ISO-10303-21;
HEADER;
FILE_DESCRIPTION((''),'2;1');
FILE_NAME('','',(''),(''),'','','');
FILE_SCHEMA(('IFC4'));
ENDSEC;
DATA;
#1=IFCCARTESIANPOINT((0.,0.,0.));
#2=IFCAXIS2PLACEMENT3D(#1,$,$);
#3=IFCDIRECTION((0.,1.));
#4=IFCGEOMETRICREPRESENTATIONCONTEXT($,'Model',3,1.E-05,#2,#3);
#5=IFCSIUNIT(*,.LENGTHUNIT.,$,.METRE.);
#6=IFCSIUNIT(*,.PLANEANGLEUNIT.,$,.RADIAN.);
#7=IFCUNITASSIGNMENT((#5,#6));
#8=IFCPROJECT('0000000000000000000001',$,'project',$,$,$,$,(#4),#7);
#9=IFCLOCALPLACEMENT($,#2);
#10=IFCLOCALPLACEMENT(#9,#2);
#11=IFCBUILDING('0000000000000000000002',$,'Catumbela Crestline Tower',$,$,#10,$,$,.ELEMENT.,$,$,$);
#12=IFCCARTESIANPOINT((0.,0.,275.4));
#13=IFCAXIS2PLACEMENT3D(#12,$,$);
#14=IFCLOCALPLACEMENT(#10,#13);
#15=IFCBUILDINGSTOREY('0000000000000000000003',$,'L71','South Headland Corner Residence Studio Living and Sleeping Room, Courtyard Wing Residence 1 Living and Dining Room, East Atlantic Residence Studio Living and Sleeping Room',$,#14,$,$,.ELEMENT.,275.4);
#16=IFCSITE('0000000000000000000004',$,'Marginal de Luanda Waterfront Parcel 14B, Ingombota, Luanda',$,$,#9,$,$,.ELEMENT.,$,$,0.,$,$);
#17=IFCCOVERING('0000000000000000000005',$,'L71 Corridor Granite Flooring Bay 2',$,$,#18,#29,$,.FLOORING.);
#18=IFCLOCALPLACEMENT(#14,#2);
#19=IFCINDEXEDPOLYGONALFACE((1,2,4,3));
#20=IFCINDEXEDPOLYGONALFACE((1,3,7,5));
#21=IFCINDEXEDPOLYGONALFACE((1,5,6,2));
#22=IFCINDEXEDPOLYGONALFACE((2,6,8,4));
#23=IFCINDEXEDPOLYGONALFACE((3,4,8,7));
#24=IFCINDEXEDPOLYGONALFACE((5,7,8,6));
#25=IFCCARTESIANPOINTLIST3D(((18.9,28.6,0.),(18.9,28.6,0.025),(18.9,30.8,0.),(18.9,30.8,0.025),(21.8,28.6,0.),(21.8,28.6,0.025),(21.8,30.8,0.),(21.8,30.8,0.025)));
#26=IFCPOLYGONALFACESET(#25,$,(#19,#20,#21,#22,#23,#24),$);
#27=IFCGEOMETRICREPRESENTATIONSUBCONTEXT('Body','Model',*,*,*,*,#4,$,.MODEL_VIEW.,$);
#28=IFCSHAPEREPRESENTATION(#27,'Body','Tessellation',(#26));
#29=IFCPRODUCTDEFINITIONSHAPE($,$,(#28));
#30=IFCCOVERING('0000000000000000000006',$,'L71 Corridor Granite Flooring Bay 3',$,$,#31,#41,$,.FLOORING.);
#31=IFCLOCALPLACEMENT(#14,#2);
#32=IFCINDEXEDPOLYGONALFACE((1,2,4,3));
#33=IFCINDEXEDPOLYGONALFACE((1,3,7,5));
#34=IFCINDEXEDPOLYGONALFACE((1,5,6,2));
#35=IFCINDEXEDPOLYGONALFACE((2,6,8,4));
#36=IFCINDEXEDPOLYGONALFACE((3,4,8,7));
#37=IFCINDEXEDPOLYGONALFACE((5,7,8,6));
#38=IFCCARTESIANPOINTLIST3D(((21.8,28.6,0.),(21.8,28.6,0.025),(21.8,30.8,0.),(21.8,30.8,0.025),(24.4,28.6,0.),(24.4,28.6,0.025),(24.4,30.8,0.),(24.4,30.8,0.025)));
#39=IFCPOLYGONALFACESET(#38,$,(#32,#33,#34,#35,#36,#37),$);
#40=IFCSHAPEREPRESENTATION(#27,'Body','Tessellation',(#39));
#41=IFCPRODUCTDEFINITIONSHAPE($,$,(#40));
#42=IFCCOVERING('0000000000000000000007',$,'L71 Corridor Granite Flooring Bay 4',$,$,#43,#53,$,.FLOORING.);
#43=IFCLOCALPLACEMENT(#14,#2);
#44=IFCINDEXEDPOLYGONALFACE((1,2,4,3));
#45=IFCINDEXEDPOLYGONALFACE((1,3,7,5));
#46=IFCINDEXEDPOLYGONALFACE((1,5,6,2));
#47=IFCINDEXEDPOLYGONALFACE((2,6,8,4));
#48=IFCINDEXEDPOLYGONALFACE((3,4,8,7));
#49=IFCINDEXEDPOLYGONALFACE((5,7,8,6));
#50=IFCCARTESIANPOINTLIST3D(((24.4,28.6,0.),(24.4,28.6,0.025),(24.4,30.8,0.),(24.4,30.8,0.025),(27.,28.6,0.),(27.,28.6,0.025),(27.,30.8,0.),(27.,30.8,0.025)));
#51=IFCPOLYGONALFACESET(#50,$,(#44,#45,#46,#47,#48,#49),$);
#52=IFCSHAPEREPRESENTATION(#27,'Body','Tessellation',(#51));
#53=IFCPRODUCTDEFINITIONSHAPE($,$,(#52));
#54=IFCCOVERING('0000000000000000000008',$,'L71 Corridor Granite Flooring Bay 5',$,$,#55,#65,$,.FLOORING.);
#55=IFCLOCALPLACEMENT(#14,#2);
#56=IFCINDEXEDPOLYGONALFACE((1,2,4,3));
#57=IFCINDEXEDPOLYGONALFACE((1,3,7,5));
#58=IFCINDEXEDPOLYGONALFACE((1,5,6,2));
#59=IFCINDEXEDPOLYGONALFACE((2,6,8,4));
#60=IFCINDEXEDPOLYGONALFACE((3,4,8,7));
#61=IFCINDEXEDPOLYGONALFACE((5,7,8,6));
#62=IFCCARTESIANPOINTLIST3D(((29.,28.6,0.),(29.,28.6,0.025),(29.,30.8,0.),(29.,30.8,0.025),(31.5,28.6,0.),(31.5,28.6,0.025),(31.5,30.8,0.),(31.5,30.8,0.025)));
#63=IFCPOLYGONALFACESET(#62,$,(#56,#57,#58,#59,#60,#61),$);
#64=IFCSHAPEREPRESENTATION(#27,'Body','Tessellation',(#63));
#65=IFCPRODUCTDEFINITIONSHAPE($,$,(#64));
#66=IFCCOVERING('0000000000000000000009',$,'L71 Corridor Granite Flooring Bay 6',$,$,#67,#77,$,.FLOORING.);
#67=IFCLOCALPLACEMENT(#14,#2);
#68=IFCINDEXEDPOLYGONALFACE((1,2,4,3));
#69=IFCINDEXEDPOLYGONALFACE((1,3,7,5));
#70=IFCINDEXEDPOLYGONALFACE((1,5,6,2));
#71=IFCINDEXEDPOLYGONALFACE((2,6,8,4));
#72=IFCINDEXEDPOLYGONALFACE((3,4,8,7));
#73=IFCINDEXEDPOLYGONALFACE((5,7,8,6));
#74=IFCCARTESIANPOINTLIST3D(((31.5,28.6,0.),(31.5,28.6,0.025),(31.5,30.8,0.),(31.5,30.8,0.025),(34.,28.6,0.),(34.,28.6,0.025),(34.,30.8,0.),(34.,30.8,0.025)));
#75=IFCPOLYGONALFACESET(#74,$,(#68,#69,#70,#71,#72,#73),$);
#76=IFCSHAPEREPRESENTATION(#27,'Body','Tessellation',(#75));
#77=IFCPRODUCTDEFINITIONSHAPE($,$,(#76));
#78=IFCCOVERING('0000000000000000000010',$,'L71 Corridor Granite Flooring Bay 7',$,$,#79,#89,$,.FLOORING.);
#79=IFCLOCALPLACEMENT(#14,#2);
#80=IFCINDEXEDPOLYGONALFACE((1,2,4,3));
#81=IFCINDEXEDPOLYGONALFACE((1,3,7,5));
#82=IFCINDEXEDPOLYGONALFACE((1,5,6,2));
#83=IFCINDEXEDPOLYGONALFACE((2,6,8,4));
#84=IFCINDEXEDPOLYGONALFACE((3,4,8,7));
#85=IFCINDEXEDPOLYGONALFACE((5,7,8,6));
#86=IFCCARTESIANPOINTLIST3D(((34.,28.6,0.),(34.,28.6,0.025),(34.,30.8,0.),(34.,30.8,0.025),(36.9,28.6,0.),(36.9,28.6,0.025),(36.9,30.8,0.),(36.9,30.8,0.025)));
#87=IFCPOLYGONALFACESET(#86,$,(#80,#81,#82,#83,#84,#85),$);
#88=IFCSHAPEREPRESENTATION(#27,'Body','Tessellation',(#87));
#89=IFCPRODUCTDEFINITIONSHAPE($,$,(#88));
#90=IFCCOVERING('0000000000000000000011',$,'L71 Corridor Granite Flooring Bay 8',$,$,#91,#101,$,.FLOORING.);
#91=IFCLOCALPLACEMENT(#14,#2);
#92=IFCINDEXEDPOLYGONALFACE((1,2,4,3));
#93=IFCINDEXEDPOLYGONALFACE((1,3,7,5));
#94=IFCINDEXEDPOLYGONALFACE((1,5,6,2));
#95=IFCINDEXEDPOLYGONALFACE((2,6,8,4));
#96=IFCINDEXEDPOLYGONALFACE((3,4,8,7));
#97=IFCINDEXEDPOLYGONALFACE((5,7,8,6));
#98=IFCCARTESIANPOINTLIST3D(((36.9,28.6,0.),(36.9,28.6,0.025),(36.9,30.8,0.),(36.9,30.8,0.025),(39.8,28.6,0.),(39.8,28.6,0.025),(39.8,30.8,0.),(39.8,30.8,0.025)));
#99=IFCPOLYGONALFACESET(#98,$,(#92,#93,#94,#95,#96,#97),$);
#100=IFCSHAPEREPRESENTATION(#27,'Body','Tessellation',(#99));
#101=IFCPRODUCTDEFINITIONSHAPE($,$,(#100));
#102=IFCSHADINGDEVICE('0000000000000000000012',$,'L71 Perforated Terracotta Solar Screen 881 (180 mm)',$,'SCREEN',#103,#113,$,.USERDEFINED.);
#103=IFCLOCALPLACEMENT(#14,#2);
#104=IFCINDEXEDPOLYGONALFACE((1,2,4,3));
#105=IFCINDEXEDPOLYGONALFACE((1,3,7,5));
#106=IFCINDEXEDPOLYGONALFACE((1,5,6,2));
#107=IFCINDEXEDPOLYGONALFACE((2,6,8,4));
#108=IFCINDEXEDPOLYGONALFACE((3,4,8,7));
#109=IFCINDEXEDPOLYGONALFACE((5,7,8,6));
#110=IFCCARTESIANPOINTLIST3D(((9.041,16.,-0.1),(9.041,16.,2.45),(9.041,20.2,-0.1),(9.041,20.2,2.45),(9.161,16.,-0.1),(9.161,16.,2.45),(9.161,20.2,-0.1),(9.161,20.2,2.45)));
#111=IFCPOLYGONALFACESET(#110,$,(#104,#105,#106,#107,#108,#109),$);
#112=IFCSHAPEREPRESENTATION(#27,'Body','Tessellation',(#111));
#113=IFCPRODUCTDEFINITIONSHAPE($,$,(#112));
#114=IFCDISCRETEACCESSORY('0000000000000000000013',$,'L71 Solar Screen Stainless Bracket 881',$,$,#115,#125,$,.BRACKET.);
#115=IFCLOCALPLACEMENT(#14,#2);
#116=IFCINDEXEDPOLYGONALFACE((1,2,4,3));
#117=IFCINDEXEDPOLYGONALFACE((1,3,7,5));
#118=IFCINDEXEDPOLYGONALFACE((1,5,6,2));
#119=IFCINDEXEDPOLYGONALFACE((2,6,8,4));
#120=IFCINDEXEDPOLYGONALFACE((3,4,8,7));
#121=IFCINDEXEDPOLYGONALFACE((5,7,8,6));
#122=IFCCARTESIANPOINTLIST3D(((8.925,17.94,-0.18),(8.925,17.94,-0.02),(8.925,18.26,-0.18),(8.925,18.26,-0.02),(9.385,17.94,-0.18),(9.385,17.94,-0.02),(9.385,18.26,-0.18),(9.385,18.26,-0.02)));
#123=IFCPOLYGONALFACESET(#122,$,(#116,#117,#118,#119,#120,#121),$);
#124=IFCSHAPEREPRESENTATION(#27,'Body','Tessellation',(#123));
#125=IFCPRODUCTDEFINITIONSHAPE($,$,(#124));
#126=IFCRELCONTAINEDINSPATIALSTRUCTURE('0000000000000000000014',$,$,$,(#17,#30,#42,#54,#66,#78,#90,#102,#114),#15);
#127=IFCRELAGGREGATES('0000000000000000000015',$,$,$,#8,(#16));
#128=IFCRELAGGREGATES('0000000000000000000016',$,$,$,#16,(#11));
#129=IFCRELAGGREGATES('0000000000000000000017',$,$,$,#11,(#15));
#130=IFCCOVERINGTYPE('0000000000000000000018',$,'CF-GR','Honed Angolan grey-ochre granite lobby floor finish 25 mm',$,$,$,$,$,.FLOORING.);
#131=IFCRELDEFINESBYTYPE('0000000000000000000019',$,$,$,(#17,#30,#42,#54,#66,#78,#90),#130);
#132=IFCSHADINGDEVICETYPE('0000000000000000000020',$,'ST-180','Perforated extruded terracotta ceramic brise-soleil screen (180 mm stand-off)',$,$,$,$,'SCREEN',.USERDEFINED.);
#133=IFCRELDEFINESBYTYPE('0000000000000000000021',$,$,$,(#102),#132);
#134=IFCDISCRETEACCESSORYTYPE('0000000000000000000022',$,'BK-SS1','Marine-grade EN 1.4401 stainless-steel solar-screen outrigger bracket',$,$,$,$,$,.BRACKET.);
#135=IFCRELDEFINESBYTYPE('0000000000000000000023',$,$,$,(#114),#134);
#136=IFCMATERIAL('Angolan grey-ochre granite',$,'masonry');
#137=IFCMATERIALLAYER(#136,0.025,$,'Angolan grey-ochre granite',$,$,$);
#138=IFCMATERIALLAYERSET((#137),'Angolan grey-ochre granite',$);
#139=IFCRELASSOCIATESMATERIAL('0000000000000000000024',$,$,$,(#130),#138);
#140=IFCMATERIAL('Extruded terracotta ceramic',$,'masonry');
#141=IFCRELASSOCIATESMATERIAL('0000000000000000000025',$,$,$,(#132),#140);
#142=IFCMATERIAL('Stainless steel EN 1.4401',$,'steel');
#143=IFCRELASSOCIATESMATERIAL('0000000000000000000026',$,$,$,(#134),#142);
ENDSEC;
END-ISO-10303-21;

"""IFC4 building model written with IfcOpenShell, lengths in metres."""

from ifc_helpers import new_model, si_unit, direction, frame, origin, origin_2d, place, context, subcontext, project, spatial, polyline, rectangle, outline, extrude, material, layer, layer_set, type_object, element, save


model = new_model("IFC4")

# Units and contexts
model_context = context("Model", 3, precision=1e-05, world=origin(), true_north=direction((0.0, 1.0)))
body_context = subcontext(model_context, "Body", "Model", "MODEL_VIEW")
ifc_project = project(units=[si_unit("LENGTHUNIT", "METRE"), si_unit("PLANEANGLEUNIT", "RADIAN")], contexts=[model_context])

# Site, building, storey
site_placement = place(None, origin())
site = spatial("IfcSite", under=ifc_project, at=site_placement, Name="Marginal de Luanda Waterfront Parcel 14B, Ingombota, Luanda", CompositionType="ELEMENT", RefElevation=0.0)
building_placement = place(site_placement, origin())
building = spatial("IfcBuilding", under=site, at=building_placement, Name="Catumbela Crestline Tower", CompositionType="ELEMENT")
storey_placement = place(building_placement, frame((0.0, 0.0, 275.4)))
storey = spatial("IfcBuildingStorey", under=building, at=storey_placement, Name="L71", Description="South Headland Corner Residence Studio Living and Sleeping Room, Courtyard Wing Residence 1 Living and Dining Room, East Atlantic Residence Studio Living and Sleeping Room", CompositionType="ELEMENT", Elevation=275.4)

# Shared definitions
ifc_material_1 = material(Name="Angolan grey-ochre granite", Category="masonry")

# Coverings
ifc_layer_1 = layer(ifc_material_1, 0.025, Name="Angolan grey-ochre granite")
ifc_layer_set_1 = layer_set([ifc_layer_1], Name="Angolan grey-ochre granite")
covering_type_1 = type_object("IfcCoveringType", Name="CF-GR", Description="Honed Angolan grey-ochre granite lobby floor finish 25 mm", PredefinedType="FLOORING", material=ifc_layer_set_1)
covering_1_placement = place(storey_placement, origin())
element("IfcCovering", 1, at=covering_1_placement, inside=storey, type_object=covering_type_1, Name="L71 Corridor Granite Flooring Bay 2", PredefinedType="FLOORING", context=body_context, shape_type="SweptSolid", body=[
    extrude(outline(polyline([(18.9, 28.6), (21.8, 28.6), (21.8, 30.8), (18.9, 30.8), (18.9, 28.6)])), origin(), (0.0, 0.0, 1.0), 0.025),
])
covering_2_placement = place(storey_placement, origin())
element("IfcCovering", 2, at=covering_2_placement, inside=storey, type_object=covering_type_1, Name="L71 Corridor Granite Flooring Bay 3", PredefinedType="FLOORING", context=body_context, shape_type="SweptSolid", body=[
    extrude(outline(polyline([(21.8, 28.6), (24.4, 28.6), (24.4, 30.8), (21.8, 30.8), (21.8, 28.6)])), origin(), (0.0, 0.0, 1.0), 0.025),
])
covering_3_placement = place(storey_placement, origin())
element("IfcCovering", 3, at=covering_3_placement, inside=storey, type_object=covering_type_1, Name="L71 Corridor Granite Flooring Bay 4", PredefinedType="FLOORING", context=body_context, shape_type="SweptSolid", body=[
    extrude(outline(polyline([(24.4, 28.6), (27.0, 28.6), (27.0, 30.8), (24.4, 30.8), (24.4, 28.6)])), origin(), (0.0, 0.0, 1.0), 0.025),
])
covering_4_placement = place(storey_placement, origin())
element("IfcCovering", 4, at=covering_4_placement, inside=storey, type_object=covering_type_1, Name="L71 Corridor Granite Flooring Bay 5", PredefinedType="FLOORING", context=body_context, shape_type="SweptSolid", body=[
    extrude(outline(polyline([(29.0, 28.6), (31.5, 28.6), (31.5, 30.8), (29.0, 30.8), (29.0, 28.6)])), origin(), (0.0, 0.0, 1.0), 0.025),
])
covering_5_placement = place(storey_placement, origin())
element("IfcCovering", 5, at=covering_5_placement, inside=storey, type_object=covering_type_1, Name="L71 Corridor Granite Flooring Bay 6", PredefinedType="FLOORING", context=body_context, shape_type="SweptSolid", body=[
    extrude(outline(polyline([(31.5, 28.6), (34.0, 28.6), (34.0, 30.8), (31.5, 30.8), (31.5, 28.6)])), origin(), (0.0, 0.0, 1.0), 0.025),
])
covering_6_placement = place(storey_placement, origin())
element("IfcCovering", 6, at=covering_6_placement, inside=storey, type_object=covering_type_1, Name="L71 Corridor Granite Flooring Bay 7", PredefinedType="FLOORING", context=body_context, shape_type="SweptSolid", body=[
    extrude(outline(polyline([(34.0, 28.6), (36.9, 28.6), (36.9, 30.8), (34.0, 30.8), (34.0, 28.6)])), origin(), (0.0, 0.0, 1.0), 0.025),
])
covering_7_placement = place(storey_placement, origin())
element("IfcCovering", 7, at=covering_7_placement, inside=storey, type_object=covering_type_1, Name="L71 Corridor Granite Flooring Bay 8", PredefinedType="FLOORING", context=body_context, shape_type="SweptSolid", body=[
    extrude(outline(polyline([(36.9, 28.6), (39.8, 28.6), (39.8, 30.8), (36.9, 30.8), (36.9, 28.6)])), origin(), (0.0, 0.0, 1.0), 0.025),
])

# Shading device
ifc_material_2 = material(Name="Extruded terracotta ceramic", Category="masonry")
shading_device_type = type_object("IfcShadingDeviceType", Name="ST-180", Description="Perforated extruded terracotta ceramic brise-soleil screen (180 mm stand-off)", ElementType="SCREEN", PredefinedType="USERDEFINED", material=ifc_material_2)
shading_device_placement = place(storey_placement, frame((9.101, 18.1, -0.1), z_axis=(0.0, 0.0, 1.0), x_axis=(0.0, -1.0, 0.0)))
element("IfcShadingDevice", 8, at=shading_device_placement, inside=storey, type_object=shading_device_type, Name="L71 Perforated Terracotta Solar Screen 881 (180 mm)", ObjectType="SCREEN", PredefinedType="USERDEFINED", context=body_context, shape_type="SweptSolid", body=[
    extrude(rectangle(XDim=4.2, YDim=0.12, at=origin_2d()), origin(), (0.0, 0.0, 1.0), 2.55),
])

# Discrete accessory
ifc_material_3 = material(Name="Stainless steel EN 1.4401", Category="steel")
discrete_accessory_type = type_object("IfcDiscreteAccessoryType", Name="BK-SS1", Description="Marine-grade EN 1.4401 stainless-steel solar-screen outrigger bracket", PredefinedType="BRACKET", material=ifc_material_3)
discrete_accessory_placement = place(storey_placement, frame((9.155, 18.1, -0.18), z_axis=(0.0, 0.0, 1.0), x_axis=(0.0, -1.0, 0.0)))
element("IfcDiscreteAccessory", 9, at=discrete_accessory_placement, inside=storey, type_object=discrete_accessory_type, Name="L71 Solar Screen Stainless Bracket 881", PredefinedType="BRACKET", context=body_context, shape_type="SweptSolid", body=[
    extrude(rectangle(XDim=0.32, YDim=0.46, at=origin_2d()), origin(), (0.0, 0.0, 1.0), 0.16),
])

save(model, "model.ifc")
